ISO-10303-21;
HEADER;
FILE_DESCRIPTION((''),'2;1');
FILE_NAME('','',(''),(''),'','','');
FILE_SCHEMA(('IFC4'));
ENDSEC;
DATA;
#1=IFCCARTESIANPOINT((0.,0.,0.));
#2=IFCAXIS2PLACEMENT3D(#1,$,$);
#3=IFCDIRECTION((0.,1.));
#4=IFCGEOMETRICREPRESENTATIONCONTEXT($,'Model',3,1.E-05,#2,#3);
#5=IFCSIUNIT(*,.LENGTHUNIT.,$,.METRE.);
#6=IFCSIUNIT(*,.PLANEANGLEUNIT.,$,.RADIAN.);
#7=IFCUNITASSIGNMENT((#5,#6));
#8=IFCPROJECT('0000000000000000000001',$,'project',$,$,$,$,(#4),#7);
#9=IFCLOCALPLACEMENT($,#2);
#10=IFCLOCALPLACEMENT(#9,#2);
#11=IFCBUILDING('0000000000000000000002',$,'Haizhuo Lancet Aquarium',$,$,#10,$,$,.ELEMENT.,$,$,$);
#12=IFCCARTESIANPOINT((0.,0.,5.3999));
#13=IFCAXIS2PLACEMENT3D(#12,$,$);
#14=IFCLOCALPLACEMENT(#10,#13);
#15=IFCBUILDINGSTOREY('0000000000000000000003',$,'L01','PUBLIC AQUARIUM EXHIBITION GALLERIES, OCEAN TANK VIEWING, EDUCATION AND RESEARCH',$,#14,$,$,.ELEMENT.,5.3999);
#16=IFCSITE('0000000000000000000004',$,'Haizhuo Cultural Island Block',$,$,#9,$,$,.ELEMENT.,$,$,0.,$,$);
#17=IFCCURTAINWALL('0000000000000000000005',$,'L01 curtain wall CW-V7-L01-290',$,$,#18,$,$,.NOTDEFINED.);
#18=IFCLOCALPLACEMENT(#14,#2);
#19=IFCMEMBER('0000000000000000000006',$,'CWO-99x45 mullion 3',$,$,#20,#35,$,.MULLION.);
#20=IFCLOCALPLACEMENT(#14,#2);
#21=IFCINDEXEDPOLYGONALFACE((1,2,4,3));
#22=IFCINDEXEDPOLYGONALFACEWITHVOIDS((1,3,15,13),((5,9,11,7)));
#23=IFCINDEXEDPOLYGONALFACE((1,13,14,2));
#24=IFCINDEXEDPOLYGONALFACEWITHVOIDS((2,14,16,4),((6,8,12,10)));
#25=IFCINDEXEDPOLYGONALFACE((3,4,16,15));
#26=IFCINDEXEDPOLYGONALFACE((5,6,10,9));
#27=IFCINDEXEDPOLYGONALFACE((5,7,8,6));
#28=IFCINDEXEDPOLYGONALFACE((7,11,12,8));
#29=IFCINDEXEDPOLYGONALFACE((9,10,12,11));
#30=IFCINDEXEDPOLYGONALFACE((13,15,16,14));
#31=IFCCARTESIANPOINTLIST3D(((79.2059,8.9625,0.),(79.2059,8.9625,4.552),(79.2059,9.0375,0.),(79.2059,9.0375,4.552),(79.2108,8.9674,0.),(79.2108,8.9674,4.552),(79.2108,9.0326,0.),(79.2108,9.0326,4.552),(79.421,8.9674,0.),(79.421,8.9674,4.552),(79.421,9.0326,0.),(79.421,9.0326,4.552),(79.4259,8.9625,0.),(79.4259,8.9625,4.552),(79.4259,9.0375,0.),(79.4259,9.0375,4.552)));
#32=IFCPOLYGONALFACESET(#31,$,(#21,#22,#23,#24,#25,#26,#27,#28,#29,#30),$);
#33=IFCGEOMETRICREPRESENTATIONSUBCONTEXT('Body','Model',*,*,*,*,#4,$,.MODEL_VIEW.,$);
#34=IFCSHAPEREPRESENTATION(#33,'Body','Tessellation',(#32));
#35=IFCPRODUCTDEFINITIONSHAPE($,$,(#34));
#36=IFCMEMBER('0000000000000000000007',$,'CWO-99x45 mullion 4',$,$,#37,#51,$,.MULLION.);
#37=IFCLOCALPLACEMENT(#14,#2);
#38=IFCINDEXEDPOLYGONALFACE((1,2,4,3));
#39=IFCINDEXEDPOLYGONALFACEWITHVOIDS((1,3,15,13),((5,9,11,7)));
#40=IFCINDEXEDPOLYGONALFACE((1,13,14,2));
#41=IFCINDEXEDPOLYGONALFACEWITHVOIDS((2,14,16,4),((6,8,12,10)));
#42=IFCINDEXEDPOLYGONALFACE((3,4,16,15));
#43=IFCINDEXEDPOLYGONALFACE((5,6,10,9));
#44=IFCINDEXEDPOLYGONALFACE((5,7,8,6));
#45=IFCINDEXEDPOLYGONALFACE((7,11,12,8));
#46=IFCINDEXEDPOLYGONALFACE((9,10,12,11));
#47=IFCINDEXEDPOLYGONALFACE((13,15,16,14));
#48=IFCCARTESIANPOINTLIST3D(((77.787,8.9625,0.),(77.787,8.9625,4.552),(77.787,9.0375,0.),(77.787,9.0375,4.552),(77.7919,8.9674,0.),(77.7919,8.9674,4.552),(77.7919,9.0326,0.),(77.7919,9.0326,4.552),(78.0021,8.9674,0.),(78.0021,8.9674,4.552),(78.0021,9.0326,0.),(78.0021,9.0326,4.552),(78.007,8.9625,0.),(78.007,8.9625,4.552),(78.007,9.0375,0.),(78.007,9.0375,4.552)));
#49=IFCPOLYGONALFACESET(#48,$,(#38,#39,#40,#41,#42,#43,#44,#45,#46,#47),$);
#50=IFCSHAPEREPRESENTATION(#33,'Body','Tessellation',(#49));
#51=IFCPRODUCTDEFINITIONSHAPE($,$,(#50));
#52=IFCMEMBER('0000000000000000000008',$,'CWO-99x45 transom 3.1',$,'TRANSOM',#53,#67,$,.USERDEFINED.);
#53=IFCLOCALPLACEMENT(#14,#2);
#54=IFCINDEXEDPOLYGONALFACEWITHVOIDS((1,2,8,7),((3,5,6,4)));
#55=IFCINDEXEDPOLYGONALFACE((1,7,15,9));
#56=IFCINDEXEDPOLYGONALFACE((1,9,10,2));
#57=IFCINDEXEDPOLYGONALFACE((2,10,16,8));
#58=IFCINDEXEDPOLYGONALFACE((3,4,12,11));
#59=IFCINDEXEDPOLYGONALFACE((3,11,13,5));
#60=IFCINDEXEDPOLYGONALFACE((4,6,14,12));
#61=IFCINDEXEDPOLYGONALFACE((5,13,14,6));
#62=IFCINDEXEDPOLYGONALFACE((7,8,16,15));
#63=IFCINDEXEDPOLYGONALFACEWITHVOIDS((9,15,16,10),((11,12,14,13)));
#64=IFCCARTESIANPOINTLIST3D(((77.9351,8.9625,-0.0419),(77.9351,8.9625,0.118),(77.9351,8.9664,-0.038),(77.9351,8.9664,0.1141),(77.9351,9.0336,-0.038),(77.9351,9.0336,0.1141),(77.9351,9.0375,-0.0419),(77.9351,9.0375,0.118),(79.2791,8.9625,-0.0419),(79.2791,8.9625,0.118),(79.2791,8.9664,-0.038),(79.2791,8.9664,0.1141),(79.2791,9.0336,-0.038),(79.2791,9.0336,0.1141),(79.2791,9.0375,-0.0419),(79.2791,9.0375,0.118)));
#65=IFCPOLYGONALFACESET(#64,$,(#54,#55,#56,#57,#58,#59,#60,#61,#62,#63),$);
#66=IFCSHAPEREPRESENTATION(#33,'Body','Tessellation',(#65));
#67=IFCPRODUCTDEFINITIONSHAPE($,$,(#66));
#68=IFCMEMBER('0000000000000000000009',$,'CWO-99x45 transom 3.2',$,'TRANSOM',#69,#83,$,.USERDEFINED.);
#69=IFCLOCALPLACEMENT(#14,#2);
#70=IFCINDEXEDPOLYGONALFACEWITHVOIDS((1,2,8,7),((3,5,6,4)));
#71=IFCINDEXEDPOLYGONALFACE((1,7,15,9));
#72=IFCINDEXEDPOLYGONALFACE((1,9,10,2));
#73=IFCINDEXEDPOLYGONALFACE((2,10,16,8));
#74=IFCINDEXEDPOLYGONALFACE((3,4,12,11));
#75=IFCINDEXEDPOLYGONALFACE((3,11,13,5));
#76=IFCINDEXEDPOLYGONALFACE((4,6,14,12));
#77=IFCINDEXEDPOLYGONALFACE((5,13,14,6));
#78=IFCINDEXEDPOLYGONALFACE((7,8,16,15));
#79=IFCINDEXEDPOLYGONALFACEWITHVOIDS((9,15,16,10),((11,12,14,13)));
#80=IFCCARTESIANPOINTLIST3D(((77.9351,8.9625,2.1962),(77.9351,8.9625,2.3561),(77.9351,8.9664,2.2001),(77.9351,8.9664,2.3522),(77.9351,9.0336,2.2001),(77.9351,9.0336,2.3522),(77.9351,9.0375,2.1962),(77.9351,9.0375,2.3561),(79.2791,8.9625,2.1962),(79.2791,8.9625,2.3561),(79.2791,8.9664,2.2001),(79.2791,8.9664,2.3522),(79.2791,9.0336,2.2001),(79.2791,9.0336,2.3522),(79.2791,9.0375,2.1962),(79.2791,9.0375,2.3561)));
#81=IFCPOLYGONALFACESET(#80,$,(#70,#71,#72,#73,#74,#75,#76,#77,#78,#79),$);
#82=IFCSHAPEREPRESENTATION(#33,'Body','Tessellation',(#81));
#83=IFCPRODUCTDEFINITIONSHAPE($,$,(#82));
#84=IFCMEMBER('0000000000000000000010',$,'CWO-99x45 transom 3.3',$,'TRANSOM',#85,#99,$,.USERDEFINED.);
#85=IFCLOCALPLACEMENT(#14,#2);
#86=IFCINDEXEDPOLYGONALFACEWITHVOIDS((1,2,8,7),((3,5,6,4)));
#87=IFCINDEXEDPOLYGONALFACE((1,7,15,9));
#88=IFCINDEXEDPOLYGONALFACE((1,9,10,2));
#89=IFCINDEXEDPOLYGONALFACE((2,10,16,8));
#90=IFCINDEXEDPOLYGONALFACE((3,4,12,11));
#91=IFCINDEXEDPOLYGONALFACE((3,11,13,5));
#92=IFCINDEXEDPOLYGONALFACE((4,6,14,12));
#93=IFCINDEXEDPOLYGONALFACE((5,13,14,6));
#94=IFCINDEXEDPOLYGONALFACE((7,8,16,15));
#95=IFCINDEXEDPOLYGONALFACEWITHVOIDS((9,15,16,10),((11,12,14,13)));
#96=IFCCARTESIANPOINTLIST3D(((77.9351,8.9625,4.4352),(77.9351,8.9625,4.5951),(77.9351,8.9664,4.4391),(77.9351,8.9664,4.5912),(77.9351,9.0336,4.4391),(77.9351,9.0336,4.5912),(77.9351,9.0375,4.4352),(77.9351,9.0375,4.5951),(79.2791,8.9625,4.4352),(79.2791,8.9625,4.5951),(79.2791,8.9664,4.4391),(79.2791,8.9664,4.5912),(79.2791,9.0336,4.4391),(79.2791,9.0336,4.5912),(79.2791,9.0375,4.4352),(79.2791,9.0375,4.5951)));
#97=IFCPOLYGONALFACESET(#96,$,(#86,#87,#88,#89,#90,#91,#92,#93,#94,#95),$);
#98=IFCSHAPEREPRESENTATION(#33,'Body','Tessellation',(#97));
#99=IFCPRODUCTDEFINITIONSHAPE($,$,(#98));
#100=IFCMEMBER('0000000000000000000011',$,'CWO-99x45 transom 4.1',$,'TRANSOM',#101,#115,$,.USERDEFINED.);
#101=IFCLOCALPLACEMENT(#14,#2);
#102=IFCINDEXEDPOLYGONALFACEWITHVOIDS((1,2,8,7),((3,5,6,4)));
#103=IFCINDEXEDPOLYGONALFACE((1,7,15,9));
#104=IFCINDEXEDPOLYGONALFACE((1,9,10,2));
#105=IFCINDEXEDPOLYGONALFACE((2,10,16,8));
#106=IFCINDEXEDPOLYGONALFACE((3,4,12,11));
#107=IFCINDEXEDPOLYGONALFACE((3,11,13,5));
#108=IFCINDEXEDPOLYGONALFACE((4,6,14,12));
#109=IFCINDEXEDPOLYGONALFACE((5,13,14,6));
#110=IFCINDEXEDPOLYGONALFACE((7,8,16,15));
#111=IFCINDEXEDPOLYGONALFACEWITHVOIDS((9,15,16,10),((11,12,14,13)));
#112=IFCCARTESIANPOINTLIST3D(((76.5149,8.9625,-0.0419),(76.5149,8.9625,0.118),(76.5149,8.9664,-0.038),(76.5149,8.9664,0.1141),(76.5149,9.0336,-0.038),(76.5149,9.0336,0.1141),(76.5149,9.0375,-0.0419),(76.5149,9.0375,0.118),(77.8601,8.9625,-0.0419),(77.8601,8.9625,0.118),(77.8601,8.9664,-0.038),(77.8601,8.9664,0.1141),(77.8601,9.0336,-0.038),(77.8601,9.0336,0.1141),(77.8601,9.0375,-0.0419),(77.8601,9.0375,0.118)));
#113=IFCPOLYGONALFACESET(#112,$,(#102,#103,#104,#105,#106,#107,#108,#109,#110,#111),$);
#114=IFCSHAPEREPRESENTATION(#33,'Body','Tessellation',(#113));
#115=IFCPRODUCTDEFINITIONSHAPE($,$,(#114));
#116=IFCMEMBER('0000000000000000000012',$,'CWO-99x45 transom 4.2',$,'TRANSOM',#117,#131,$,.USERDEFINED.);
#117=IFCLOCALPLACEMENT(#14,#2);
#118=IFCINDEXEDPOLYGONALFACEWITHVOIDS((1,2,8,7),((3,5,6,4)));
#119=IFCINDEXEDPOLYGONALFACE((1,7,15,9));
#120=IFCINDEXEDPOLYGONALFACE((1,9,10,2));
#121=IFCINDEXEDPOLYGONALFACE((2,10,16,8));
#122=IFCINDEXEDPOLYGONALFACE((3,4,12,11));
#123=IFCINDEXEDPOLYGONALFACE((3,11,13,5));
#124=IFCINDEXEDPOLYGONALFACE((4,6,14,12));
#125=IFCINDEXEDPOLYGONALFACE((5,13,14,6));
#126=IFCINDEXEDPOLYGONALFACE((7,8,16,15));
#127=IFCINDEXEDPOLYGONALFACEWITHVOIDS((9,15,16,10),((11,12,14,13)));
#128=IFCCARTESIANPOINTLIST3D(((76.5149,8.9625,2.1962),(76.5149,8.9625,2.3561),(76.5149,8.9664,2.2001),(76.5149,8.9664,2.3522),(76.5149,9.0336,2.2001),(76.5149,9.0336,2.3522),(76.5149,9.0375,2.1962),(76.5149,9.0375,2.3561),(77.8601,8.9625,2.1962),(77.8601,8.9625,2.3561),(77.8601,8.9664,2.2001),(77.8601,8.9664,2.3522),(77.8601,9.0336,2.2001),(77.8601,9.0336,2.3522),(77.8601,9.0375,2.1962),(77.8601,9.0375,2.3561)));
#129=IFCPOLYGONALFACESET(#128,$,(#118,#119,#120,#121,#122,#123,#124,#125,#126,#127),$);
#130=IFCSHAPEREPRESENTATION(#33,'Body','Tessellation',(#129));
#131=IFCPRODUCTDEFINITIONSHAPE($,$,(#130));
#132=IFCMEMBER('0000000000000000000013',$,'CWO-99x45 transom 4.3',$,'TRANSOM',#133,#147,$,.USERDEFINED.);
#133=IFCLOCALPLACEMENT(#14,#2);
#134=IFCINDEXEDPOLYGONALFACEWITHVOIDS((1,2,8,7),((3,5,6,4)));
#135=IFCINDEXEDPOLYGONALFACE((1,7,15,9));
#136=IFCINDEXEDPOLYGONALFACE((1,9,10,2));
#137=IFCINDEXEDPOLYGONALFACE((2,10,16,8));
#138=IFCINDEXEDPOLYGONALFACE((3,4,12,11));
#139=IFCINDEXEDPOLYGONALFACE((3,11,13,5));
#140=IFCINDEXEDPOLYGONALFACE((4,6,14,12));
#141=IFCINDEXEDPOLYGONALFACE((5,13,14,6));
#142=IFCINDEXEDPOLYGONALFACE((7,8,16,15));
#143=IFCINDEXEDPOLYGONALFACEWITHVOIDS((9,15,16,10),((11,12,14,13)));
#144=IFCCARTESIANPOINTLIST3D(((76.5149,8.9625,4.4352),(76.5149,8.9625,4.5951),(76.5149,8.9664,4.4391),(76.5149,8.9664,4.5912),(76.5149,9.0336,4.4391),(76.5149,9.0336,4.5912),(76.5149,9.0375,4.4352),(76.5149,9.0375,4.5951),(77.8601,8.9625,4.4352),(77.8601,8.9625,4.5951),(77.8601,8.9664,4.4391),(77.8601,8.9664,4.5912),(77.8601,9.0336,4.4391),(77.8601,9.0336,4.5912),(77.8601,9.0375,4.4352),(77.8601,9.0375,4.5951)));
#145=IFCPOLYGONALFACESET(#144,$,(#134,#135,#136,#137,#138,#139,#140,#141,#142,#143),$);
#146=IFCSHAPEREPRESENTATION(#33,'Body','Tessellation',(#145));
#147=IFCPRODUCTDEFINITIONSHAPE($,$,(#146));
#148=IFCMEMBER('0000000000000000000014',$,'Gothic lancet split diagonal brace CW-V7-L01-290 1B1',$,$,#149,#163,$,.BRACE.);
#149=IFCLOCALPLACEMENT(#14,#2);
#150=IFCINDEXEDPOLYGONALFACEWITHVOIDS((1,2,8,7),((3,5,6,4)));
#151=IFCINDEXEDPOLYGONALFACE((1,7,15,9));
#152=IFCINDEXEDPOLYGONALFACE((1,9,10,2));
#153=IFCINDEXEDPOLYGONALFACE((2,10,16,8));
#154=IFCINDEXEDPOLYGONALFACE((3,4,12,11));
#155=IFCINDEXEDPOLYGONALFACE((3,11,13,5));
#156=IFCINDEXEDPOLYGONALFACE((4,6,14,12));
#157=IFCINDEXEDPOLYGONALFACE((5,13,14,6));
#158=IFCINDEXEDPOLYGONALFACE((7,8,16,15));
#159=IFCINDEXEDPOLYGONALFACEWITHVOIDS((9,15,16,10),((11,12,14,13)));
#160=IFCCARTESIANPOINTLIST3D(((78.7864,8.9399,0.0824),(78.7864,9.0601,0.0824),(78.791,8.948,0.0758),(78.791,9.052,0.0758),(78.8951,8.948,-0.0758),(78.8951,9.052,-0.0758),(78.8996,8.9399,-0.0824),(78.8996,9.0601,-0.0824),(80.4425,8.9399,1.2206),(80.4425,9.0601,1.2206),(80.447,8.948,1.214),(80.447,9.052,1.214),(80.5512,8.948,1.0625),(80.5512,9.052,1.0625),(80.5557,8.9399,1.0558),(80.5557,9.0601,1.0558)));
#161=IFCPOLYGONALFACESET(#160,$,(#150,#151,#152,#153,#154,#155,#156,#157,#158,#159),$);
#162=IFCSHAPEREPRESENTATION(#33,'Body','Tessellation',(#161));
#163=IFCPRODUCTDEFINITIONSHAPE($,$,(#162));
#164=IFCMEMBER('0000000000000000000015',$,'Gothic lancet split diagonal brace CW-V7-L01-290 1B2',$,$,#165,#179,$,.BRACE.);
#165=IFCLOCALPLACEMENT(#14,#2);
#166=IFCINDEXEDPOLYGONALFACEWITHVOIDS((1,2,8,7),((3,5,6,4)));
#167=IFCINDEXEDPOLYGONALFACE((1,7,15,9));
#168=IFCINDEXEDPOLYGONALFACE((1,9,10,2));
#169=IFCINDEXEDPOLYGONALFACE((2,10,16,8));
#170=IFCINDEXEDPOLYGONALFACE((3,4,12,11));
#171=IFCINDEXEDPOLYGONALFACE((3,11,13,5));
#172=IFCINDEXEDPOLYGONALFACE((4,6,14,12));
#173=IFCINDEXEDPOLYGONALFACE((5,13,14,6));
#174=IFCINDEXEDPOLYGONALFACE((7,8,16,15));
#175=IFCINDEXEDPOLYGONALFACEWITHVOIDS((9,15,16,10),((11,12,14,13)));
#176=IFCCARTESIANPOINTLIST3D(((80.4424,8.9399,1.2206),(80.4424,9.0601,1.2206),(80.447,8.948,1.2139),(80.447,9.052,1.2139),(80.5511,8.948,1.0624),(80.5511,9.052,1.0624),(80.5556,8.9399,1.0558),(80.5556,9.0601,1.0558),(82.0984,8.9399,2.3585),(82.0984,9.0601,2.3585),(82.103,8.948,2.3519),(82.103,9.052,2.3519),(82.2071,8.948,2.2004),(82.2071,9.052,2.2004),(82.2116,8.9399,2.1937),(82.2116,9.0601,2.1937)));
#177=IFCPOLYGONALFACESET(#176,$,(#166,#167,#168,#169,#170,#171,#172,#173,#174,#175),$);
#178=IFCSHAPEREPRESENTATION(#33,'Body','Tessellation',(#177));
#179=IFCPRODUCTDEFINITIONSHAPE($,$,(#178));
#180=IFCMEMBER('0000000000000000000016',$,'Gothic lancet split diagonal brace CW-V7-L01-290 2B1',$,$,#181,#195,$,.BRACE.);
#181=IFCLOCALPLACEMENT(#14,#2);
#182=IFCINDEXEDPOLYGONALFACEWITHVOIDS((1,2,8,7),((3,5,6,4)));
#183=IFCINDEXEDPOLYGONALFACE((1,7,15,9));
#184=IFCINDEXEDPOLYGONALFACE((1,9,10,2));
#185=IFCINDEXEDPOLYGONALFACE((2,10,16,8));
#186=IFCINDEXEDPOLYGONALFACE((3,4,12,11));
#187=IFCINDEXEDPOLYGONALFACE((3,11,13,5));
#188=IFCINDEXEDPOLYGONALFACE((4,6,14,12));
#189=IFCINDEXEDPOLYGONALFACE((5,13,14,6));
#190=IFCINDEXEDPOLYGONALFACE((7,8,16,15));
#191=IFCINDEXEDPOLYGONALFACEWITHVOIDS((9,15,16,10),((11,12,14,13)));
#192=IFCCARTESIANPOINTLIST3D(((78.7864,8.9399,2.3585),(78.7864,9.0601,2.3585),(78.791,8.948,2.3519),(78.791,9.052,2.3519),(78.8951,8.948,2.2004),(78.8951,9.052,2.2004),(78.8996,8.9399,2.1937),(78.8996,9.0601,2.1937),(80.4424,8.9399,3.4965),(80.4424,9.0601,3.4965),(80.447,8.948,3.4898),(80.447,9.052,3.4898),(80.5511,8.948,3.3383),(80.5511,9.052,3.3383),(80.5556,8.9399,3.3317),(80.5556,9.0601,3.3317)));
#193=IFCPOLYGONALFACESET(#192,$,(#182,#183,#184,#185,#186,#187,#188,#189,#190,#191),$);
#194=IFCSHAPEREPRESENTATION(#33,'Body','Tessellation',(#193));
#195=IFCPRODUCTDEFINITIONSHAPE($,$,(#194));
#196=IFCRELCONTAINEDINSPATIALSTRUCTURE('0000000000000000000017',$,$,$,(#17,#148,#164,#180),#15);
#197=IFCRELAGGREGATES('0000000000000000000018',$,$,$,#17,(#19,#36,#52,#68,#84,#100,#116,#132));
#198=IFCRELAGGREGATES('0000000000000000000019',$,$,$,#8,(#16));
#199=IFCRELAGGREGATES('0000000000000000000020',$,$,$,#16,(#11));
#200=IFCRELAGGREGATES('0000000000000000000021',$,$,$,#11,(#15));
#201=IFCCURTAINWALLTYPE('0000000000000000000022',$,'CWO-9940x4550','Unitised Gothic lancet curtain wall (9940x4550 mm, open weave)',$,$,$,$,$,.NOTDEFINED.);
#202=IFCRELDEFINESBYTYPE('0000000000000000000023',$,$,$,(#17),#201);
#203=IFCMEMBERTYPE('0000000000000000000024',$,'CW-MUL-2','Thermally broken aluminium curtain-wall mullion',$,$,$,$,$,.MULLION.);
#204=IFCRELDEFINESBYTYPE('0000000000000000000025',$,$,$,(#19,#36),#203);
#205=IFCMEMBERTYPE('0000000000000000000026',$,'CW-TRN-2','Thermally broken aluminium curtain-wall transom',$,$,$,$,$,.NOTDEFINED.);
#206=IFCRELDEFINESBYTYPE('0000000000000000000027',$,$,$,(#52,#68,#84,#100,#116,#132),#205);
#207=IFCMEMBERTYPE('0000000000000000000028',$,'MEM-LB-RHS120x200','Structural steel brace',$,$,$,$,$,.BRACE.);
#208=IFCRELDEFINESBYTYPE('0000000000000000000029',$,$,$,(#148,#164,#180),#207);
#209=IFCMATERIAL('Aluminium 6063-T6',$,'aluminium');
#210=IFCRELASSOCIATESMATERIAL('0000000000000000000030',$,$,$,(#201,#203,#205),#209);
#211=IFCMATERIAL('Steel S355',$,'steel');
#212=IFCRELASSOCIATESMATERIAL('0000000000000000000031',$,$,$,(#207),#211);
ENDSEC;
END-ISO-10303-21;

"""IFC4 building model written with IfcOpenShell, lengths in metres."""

from ifc_helpers import new_model, si_unit, direction, frame, origin, origin_2d, place, context, subcontext, project, spatial, hollow_rectangle, extrude, material, material_profile, profile_set, type_object, element, aggregate, save


model = new_model("IFC4")

# Units and contexts
model_context = context("Model", 3, precision=1e-05, world=origin(), true_north=direction((0.0, 1.0)))
body_context = subcontext(model_context, "Body", "Model", "MODEL_VIEW")
ifc_project = project(units=[si_unit("LENGTHUNIT", "METRE"), si_unit("PLANEANGLEUNIT", "RADIAN")], contexts=[model_context])

# Site, building, storey
site_placement = place(None, origin())
site = spatial("IfcSite", under=ifc_project, at=site_placement, Name="Haizhuo Cultural Island Block", CompositionType="ELEMENT", RefElevation=0.0)
building_placement = place(site_placement, origin())
building = spatial("IfcBuilding", under=site, at=building_placement, Name="Haizhuo Lancet Aquarium", CompositionType="ELEMENT")
storey_placement = place(building_placement, frame((0.0, 0.0, 5.3999)))
storey = spatial("IfcBuildingStorey", under=building, at=storey_placement, Name="L01", Description="PUBLIC AQUARIUM EXHIBITION GALLERIES, OCEAN TANK VIEWING, EDUCATION AND RESEARCH", CompositionType="ELEMENT", Elevation=5.3999)

# Curtain wall, members
ifc_material_1 = material(Name="Aluminium 6063-T6", Category="aluminium")
curtain_wall_type = type_object("IfcCurtainWallType", Name="CWO-9940x4550", Description="Unitised Gothic lancet curtain wall (9940x4550 mm, open weave)", PredefinedType="NOTDEFINED", material=ifc_material_1)
curtain_wall_placement = place(storey_placement, origin())
curtain_wall = element("IfcCurtainWall", 1, at=curtain_wall_placement, inside=storey, type_object=curtain_wall_type, Name="L01 curtain wall CW-V7-L01-290", PredefinedType="NOTDEFINED")
ifc_material_profile_1 = material_profile(ifc_material_1, hollow_rectangle(XDim=0.075, YDim=0.22, WallThickness=0.0049, at=origin_2d()), Name="ALU-M 75x220x5")
ifc_profile_set_1 = profile_set([ifc_material_profile_1], Name="Aluminium 6063-T6")
member_type_1 = type_object("IfcMemberType", Name="CW-MUL-2", Description="Thermally broken aluminium curtain-wall mullion", PredefinedType="MULLION", material=ifc_profile_set_1)
member_1_placement = place(storey_placement, frame((79.3159, 9.0, 0.0), z_axis=(0.0, 0.0, 1.0), x_axis=(0.0, -1.0, 0.0)))
member_1 = element("IfcMember", 2, at=member_1_placement, type_object=member_type_1, Name="CWO-99x45 mullion 3", PredefinedType="MULLION", context=body_context, shape_type="SweptSolid", body=[
    extrude(hollow_rectangle(XDim=0.075, YDim=0.22, WallThickness=0.0049, at=origin_2d()), origin(), (0.0, 0.0, 1.0), 4.552),
])
member_2_placement = place(storey_placement, frame((77.897, 9.0, 0.0), z_axis=(0.0, 0.0, 1.0), x_axis=(0.0, -1.0, 0.0)))
member_2 = element("IfcMember", 3, at=member_2_placement, type_object=member_type_1, Name="CWO-99x45 mullion 4", PredefinedType="MULLION", context=body_context, shape_type="SweptSolid", body=[
    extrude(hollow_rectangle(XDim=0.075, YDim=0.22, WallThickness=0.0049, at=origin_2d()), origin(), (0.0, 0.0, 1.0), 4.552),
])
ifc_material_profile_2 = material_profile(ifc_material_1, hollow_rectangle(XDim=0.075, YDim=0.1599, WallThickness=0.0039, at=origin_2d()), Name="ALU-T 75x160x4")
ifc_profile_set_2 = profile_set([ifc_material_profile_2], Name="Aluminium 6063-T6")
member_type_2 = type_object("IfcMemberType", Name="CW-TRN-2", Description="Thermally broken aluminium curtain-wall transom", PredefinedType="NOTDEFINED", material=ifc_profile_set_2)
member_3_placement = place(storey_placement, frame((79.2791, 9.0, 0.0381), z_axis=(-1.0, 0.0, 0.0), x_axis=(0.0, -1.0, 0.0)))
member_3 = element("IfcMember", 4, at=member_3_placement, type_object=member_type_2, Name="CWO-99x45 transom 3.1", ObjectType="TRANSOM", PredefinedType="USERDEFINED", context=body_context, shape_type="SweptSolid", body=[
    extrude(hollow_rectangle(XDim=0.075, YDim=0.1599, WallThickness=0.0039, at=origin_2d()), origin(), (0.0, 0.0, 1.0), 1.344),
])
member_4_placement = place(storey_placement, frame((79.2791, 9.0, 2.2761), z_axis=(-1.0, 0.0, 0.0), x_axis=(0.0, -1.0, 0.0)))
member_4 = element("IfcMember", 5, at=member_4_placement, type_object=member_type_2, Name="CWO-99x45 transom 3.2", ObjectType="TRANSOM", PredefinedType="USERDEFINED", context=body_context, shape_type="SweptSolid", body=[
    extrude(hollow_rectangle(XDim=0.075, YDim=0.1599, WallThickness=0.0039, at=origin_2d()), origin(), (0.0, 0.0, 1.0), 1.344),
])
member_5_placement = place(storey_placement, frame((79.2791, 9.0, 4.5151), z_axis=(-1.0, 0.0, 0.0), x_axis=(0.0, -1.0, 0.0)))
member_5 = element("IfcMember", 6, at=member_5_placement, type_object=member_type_2, Name="CWO-99x45 transom 3.3", ObjectType="TRANSOM", PredefinedType="USERDEFINED", context=body_context, shape_type="SweptSolid", body=[
    extrude(hollow_rectangle(XDim=0.075, YDim=0.1599, WallThickness=0.0039, at=origin_2d()), origin(), (0.0, 0.0, 1.0), 1.344),
])
member_6_placement = place(storey_placement, frame((77.8601, 9.0, 0.0381), z_axis=(-1.0, 0.0, 0.0), x_axis=(0.0, -1.0, 0.0)))
member_6 = element("IfcMember", 7, at=member_6_placement, type_object=member_type_2, Name="CWO-99x45 transom 4.1", ObjectType="TRANSOM", PredefinedType="USERDEFINED", context=body_context, shape_type="SweptSolid", body=[
    extrude(hollow_rectangle(XDim=0.075, YDim=0.1599, WallThickness=0.0039, at=origin_2d()), origin(), (0.0, 0.0, 1.0), 1.3452),
])
member_7_placement = place(storey_placement, frame((77.8601, 9.0, 2.2761), z_axis=(-1.0, 0.0, 0.0), x_axis=(0.0, -1.0, 0.0)))
member_7 = element("IfcMember", 8, at=member_7_placement, type_object=member_type_2, Name="CWO-99x45 transom 4.2", ObjectType="TRANSOM", PredefinedType="USERDEFINED", context=body_context, shape_type="SweptSolid", body=[
    extrude(hollow_rectangle(XDim=0.075, YDim=0.1599, WallThickness=0.0039, at=origin_2d()), origin(), (0.0, 0.0, 1.0), 1.3452),
])
member_8_placement = place(storey_placement, frame((77.8601, 9.0, 4.5151), z_axis=(-1.0, 0.0, 0.0), x_axis=(0.0, -1.0, 0.0)))
member_8 = element("IfcMember", 9, at=member_8_placement, type_object=member_type_2, Name="CWO-99x45 transom 4.3", ObjectType="TRANSOM", PredefinedType="USERDEFINED", context=body_context, shape_type="SweptSolid", body=[
    extrude(hollow_rectangle(XDim=0.075, YDim=0.1599, WallThickness=0.0039, at=origin_2d()), origin(), (0.0, 0.0, 1.0), 1.3452),
])

# Members
ifc_material_2 = material(Name="Steel S355", Category="steel")
ifc_material_profile_3 = material_profile(ifc_material_2, hollow_rectangle(XDim=0.1201, YDim=0.2, WallThickness=0.0081, at=origin_2d()), Name="RHS 120x200x8")
ifc_profile_set_3 = profile_set([ifc_material_profile_3], Name="Steel S355")
member_type_3 = type_object("IfcMemberType", Name="MEM-LB-RHS120x200", Description="Structural steel brace", PredefinedType="BRACE", material=ifc_profile_set_3)
member_9_placement = place(storey_placement, frame((78.843, 9.0, 0.0), z_axis=(0.824116, 0.0, 0.566421), x_axis=(0.0, 1.0, 0.0)))
element("IfcMember", 10, at=member_9_placement, inside=storey, type_object=member_type_3, Name="Gothic lancet split diagonal brace CW-V7-L01-290 1B1", PredefinedType="BRACE", context=body_context, shape_type="SweptSolid", body=[
    extrude(hollow_rectangle(XDim=0.1201, YDim=0.2, WallThickness=0.0081, at=origin_2d()), origin(), (0.0, 0.0, 1.0), 2.0095),
])
for number, where, z_axis, x_axis, name in (
    (11, (80.499, 9.0, 1.1382), (0.824173, 0.0, 0.566338), (0.0, 1.0, 0.0), "Gothic lancet split diagonal brace CW-V7-L01-290 1B2"),
    (12, (78.843, 9.0, 2.2761), (0.824173, 0.0, 0.566338), (0.0, 1.0, 0.0), "Gothic lancet split diagonal brace CW-V7-L01-290 2B1"),
):
    element("IfcMember", number, at=place(storey_placement, frame(where, z_axis=z_axis, x_axis=x_axis)), inside=storey, type_object=member_type_3, Name=name, PredefinedType="BRACE", context=body_context, shape_type="SweptSolid", body=[
        extrude(hollow_rectangle(XDim=0.1201, YDim=0.2, WallThickness=0.0081, at=origin_2d()), origin(), (0.0, 0.0, 1.0), 2.0093),
    ])

aggregate(curtain_wall, [member_1, member_2, member_3, member_4, member_5, member_6, member_7, member_8])

save(model, "model.ifc")
